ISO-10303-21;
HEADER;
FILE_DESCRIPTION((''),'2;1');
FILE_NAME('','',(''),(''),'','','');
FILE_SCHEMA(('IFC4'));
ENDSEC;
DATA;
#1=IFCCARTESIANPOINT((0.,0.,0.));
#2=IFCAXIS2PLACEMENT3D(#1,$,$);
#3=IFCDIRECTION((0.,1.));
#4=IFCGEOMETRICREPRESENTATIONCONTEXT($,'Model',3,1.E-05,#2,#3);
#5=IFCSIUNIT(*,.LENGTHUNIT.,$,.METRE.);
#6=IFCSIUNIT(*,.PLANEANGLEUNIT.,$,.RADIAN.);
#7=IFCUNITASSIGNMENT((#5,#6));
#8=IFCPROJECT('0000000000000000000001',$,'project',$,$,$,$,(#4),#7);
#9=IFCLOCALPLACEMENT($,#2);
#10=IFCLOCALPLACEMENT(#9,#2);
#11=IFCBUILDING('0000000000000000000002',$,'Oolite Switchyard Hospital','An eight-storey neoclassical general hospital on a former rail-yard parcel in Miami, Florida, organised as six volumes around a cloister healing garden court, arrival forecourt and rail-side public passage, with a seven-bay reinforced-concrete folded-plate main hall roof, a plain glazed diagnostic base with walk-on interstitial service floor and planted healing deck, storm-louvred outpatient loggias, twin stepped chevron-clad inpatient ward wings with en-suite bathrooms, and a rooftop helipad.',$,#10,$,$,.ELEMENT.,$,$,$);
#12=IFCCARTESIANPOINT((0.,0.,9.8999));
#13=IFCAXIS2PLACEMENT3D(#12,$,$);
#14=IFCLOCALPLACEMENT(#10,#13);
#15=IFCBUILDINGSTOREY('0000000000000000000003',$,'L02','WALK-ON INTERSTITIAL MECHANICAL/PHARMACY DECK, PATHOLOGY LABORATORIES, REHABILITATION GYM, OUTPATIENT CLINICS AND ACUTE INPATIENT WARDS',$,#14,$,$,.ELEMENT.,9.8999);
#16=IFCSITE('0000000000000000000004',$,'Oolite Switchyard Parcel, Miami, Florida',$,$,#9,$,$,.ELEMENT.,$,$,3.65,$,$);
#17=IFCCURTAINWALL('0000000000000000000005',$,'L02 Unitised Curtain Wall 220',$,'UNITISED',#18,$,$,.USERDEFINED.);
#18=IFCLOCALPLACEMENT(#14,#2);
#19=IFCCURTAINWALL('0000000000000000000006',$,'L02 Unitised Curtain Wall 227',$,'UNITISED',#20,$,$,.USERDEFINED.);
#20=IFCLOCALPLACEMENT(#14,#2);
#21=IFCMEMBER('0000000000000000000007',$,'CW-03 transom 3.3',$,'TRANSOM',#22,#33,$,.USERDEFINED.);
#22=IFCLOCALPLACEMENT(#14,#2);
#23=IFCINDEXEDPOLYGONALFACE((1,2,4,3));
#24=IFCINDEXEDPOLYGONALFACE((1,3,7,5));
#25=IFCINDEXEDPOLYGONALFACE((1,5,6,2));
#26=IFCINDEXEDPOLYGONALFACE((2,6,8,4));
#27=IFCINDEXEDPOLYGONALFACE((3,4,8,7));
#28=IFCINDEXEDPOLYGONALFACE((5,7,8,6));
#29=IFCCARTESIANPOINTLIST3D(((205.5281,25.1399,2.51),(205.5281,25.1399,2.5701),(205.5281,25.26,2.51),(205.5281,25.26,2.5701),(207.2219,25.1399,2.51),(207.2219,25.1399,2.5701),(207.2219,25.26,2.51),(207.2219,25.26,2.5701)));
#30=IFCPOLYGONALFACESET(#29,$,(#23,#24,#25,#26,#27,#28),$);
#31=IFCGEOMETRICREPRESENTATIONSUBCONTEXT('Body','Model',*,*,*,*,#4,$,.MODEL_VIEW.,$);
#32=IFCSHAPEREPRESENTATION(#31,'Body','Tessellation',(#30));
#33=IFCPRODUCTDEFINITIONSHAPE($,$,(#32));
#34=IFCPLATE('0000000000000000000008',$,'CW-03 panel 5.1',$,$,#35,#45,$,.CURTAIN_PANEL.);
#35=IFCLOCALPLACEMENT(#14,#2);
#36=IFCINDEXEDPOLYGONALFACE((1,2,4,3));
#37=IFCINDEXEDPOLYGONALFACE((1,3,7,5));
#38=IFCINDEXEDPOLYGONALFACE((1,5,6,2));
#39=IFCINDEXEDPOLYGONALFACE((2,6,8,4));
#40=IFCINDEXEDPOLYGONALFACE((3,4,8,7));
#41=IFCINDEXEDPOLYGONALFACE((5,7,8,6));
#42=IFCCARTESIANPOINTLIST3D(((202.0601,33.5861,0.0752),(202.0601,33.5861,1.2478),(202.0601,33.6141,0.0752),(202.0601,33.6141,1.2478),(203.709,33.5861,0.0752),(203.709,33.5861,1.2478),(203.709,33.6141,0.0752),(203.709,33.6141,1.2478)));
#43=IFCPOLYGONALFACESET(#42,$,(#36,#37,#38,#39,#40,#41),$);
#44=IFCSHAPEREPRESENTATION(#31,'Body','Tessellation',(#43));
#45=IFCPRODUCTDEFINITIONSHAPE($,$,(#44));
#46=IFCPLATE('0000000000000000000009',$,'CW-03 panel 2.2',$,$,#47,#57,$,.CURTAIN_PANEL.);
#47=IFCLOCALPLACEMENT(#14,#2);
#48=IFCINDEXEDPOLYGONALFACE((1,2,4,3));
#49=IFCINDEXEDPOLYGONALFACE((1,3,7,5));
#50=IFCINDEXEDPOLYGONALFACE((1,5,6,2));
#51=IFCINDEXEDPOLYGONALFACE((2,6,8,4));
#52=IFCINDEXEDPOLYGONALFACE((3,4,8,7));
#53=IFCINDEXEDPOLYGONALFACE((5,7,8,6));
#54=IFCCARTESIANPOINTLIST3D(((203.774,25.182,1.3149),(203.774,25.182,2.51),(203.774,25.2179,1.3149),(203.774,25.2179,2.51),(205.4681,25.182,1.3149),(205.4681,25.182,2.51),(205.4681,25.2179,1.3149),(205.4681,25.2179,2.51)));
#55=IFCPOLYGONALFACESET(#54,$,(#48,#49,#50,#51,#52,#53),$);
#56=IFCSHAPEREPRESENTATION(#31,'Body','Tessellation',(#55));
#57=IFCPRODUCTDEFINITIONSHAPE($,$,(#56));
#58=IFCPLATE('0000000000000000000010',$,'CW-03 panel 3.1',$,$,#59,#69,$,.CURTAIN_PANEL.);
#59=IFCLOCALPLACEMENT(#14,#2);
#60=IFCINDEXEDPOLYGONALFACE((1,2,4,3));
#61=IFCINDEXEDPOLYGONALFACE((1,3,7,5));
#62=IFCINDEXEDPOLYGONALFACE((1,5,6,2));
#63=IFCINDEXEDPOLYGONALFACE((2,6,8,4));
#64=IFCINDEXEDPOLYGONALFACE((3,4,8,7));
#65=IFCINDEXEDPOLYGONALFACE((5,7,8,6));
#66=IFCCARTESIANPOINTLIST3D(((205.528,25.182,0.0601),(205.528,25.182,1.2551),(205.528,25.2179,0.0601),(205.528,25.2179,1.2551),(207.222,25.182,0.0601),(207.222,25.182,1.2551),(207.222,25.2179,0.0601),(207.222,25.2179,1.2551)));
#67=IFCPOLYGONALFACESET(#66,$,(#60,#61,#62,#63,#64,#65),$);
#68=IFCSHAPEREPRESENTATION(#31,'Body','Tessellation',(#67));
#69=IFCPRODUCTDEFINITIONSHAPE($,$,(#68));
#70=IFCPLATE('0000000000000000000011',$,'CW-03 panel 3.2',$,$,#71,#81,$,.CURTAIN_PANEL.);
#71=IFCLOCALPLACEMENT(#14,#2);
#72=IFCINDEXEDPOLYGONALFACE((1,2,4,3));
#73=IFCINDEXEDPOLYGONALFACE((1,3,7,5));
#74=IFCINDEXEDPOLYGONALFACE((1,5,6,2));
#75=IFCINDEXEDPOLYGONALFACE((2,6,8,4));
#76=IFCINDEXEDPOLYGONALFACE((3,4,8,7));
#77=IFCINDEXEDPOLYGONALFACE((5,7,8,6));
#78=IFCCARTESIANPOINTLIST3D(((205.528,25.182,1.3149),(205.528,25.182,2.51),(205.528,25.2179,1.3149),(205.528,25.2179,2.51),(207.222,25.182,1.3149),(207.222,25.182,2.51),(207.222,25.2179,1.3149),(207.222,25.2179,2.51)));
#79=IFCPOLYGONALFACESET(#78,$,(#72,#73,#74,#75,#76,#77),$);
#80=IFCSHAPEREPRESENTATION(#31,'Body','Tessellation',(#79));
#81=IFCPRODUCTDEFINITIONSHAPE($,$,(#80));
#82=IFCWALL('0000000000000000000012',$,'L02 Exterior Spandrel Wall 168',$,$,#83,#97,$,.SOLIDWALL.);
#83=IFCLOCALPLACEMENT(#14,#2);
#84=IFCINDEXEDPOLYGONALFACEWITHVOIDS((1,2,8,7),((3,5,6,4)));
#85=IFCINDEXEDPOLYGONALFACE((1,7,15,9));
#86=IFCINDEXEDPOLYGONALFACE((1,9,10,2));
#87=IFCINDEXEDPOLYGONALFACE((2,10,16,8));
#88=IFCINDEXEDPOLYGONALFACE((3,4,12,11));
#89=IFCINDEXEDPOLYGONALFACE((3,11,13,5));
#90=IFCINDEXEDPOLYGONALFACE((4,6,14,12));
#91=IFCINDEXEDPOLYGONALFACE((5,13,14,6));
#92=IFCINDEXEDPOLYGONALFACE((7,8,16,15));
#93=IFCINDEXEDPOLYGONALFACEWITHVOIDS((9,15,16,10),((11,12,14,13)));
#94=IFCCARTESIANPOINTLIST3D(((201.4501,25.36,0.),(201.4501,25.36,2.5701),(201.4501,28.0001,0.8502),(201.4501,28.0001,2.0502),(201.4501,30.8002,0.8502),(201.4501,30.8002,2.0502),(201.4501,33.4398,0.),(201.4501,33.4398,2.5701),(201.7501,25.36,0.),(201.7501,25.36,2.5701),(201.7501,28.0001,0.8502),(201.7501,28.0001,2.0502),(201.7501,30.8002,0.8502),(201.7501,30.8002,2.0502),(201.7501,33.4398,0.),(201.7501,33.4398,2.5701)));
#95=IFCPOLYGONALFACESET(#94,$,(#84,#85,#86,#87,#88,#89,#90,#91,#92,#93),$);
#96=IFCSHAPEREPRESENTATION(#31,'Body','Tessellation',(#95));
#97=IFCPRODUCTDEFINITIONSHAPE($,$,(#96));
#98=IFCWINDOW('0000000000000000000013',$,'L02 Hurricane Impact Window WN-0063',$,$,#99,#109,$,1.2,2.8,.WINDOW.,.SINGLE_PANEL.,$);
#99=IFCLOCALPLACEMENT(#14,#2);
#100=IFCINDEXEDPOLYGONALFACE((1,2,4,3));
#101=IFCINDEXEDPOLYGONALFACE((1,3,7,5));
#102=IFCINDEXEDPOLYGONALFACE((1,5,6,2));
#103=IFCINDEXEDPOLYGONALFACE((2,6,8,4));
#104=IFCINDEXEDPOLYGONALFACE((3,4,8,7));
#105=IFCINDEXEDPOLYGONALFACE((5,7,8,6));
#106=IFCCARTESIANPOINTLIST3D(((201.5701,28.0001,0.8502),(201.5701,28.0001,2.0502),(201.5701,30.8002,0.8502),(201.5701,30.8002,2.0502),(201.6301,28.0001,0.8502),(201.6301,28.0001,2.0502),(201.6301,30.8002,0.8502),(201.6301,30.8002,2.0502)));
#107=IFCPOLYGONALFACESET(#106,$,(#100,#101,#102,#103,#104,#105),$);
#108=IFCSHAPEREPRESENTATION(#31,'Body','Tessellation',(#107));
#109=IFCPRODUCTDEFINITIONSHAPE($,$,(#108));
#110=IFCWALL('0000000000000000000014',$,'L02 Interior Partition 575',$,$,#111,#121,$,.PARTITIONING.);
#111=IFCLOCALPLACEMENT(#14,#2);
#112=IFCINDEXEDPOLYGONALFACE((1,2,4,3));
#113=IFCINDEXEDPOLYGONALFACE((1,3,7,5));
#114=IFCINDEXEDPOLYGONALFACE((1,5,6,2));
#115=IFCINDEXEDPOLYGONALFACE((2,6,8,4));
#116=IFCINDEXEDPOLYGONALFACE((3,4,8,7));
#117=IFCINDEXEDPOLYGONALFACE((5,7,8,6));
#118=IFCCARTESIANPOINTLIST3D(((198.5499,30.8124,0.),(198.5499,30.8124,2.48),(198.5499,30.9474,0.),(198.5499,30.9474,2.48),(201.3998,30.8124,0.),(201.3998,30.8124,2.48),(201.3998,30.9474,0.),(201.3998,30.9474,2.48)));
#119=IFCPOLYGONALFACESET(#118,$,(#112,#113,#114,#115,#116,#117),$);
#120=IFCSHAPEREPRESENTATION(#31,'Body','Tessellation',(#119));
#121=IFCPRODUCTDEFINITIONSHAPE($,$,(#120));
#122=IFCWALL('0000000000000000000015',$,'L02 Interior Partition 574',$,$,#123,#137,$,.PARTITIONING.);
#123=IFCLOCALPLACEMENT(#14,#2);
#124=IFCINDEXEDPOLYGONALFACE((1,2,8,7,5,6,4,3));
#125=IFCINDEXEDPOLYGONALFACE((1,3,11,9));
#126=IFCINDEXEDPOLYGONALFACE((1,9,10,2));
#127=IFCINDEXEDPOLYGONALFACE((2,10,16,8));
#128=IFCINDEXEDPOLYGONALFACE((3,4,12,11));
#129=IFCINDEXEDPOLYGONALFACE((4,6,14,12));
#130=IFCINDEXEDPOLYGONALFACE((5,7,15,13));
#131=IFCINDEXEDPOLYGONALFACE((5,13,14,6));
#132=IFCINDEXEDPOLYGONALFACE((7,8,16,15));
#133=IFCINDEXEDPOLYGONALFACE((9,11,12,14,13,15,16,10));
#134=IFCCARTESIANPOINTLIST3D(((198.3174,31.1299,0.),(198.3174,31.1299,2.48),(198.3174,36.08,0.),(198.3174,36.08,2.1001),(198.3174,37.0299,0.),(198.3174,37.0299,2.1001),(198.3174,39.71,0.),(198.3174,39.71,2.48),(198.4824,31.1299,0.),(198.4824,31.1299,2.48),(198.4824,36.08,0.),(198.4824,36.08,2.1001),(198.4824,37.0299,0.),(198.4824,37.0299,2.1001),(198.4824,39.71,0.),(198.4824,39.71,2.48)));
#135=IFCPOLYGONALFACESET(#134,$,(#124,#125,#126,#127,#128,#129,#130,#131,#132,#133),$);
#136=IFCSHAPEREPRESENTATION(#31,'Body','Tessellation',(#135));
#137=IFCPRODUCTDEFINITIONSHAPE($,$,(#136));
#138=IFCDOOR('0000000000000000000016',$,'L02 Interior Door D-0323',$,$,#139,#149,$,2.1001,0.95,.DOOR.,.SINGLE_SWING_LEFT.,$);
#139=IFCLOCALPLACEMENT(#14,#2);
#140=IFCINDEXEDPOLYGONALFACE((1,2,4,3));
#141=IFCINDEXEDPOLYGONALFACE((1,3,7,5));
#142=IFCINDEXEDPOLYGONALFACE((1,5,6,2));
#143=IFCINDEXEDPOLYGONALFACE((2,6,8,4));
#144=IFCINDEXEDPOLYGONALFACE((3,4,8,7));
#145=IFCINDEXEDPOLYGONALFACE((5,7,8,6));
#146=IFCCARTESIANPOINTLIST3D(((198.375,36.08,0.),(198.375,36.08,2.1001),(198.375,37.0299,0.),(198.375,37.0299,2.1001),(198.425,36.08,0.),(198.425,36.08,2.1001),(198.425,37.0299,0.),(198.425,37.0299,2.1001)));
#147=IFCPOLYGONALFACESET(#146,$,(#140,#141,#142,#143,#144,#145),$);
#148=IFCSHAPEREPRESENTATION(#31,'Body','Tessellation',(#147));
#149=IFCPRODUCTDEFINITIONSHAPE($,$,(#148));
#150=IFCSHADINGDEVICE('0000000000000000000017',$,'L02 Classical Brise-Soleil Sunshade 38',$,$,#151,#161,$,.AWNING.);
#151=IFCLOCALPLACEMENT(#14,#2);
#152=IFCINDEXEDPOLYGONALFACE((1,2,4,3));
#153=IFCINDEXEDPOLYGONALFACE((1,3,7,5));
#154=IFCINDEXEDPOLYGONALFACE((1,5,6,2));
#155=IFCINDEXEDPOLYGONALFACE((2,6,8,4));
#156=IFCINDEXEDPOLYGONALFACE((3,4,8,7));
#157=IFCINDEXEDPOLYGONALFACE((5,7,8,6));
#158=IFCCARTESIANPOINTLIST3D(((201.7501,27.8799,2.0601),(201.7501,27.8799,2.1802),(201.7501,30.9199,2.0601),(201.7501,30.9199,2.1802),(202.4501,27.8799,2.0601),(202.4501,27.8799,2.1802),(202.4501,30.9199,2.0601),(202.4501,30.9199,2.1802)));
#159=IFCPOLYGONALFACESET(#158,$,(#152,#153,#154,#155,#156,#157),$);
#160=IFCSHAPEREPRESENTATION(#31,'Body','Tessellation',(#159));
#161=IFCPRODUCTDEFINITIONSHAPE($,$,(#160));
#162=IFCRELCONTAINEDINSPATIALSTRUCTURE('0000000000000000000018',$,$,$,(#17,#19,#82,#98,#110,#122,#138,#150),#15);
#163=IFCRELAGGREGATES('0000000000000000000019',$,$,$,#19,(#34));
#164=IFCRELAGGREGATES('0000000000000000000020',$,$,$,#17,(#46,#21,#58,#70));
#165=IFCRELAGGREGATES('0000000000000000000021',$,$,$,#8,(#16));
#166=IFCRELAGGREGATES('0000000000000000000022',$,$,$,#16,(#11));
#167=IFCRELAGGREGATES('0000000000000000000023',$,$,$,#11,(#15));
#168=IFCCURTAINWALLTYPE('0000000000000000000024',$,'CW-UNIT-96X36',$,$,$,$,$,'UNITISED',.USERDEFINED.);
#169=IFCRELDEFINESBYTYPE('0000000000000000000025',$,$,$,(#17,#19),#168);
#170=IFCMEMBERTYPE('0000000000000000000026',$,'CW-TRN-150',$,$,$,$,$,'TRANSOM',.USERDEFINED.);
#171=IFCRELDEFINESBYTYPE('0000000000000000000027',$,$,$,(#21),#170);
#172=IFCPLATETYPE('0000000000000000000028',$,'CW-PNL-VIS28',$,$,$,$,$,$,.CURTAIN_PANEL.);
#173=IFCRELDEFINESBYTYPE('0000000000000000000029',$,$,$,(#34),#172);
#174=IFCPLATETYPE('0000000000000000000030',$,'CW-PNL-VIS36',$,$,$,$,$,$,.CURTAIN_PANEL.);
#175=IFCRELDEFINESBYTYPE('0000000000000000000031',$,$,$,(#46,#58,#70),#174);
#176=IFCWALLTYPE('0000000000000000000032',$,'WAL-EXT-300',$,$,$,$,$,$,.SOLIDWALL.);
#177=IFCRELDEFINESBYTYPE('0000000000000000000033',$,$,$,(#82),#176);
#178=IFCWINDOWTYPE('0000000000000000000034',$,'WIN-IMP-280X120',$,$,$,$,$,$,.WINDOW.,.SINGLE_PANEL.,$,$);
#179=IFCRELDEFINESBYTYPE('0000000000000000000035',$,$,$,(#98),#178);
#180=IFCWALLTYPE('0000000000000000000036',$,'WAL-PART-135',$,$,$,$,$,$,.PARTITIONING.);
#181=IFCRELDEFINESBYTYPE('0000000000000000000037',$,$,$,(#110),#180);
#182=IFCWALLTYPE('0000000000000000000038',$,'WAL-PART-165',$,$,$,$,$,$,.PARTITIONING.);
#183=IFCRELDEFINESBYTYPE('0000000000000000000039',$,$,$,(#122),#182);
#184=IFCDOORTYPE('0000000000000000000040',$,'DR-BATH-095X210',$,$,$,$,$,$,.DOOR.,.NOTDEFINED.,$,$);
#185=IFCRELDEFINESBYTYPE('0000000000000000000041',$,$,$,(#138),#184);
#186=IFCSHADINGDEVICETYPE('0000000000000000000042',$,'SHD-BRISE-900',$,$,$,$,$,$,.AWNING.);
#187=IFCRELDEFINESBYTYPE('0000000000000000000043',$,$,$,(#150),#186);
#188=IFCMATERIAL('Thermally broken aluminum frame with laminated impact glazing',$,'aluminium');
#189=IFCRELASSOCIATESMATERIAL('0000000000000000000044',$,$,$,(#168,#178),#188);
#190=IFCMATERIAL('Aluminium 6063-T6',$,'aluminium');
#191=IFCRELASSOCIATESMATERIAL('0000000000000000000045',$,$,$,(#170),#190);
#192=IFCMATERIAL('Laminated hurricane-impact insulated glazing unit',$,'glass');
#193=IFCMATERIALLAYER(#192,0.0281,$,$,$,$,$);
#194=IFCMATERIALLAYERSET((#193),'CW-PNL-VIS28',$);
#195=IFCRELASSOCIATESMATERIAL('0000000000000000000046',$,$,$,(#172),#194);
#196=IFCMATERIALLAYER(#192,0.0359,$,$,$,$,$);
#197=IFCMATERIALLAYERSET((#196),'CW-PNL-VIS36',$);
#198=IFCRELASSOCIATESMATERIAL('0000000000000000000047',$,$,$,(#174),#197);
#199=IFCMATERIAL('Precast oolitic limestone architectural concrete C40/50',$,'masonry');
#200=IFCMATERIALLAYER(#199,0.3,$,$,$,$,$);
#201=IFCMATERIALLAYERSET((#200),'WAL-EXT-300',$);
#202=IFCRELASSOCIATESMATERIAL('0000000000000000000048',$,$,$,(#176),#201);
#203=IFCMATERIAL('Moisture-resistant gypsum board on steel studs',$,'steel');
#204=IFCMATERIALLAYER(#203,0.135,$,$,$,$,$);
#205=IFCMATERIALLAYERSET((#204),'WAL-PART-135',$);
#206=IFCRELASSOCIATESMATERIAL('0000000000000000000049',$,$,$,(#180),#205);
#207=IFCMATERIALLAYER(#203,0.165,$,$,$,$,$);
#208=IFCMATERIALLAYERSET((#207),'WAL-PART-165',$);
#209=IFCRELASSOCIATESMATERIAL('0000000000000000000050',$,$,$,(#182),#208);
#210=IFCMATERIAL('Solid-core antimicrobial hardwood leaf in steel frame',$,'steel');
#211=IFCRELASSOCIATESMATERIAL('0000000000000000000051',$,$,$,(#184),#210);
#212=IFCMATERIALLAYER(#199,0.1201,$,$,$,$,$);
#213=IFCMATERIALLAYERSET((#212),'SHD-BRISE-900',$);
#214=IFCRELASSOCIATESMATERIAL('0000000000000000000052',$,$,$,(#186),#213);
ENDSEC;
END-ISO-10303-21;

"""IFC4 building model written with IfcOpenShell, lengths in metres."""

from ifc_helpers import new_model, si_unit, direction, frame, frame_2d, origin, origin_2d, place, context, subcontext, project, spatial, rectangle, extrude, material, layer, layer_set, material_profile, profile_set, type_object, element, fill, aggregate, save


model = new_model("IFC4")

# Units and contexts
model_context = context("Model", 3, precision=1e-05, world=origin(), true_north=direction((0.0, 1.0)))
body_context = subcontext(model_context, "Body", "Model", "MODEL_VIEW")
ifc_project = project(units=[si_unit("LENGTHUNIT", "METRE"), si_unit("PLANEANGLEUNIT", "RADIAN")], contexts=[model_context])

# Site, building, storey
site_placement = place(None, origin())
site = spatial("IfcSite", under=ifc_project, at=site_placement, Name="Oolite Switchyard Parcel, Miami, Florida", CompositionType="ELEMENT", RefElevation=3.65)
building_placement = place(site_placement, origin())
building = spatial("IfcBuilding", under=site, at=building_placement, Name="Oolite Switchyard Hospital", Description="An eight-storey neoclassical general hospital on a former rail-yard parcel in Miami, Florida, organised as six volumes around a cloister healing garden court, arrival forecourt and rail-side public passage, with a seven-bay reinforced-concrete folded-plate main hall roof, a plain glazed diagnostic base with walk-on interstitial service floor and planted healing deck, storm-louvred outpatient loggias, twin stepped chevron-clad inpatient ward wings with en-suite bathrooms, and a rooftop helipad.", CompositionType="ELEMENT")
storey_placement = place(building_placement, frame((0.0, 0.0, 9.8999)))
storey = spatial("IfcBuildingStorey", under=building, at=storey_placement, Name="L02", Description="WALK-ON INTERSTITIAL MECHANICAL/PHARMACY DECK, PATHOLOGY LABORATORIES, REHABILITATION GYM, OUTPATIENT CLINICS AND ACUTE INPATIENT WARDS", CompositionType="ELEMENT", Elevation=9.8999)

# Curtain walls
ifc_material_1 = material(Name="Thermally broken aluminum frame with laminated impact glazing", Category="aluminium")
curtain_wall_type = type_object("IfcCurtainWallType", Name="CW-UNIT-96X36", ElementType="UNITISED", PredefinedType="USERDEFINED", material=ifc_material_1)
curtain_wall_1_placement = place(storey_placement, origin())
curtain_wall_1 = element("IfcCurtainWall", 1, at=curtain_wall_1_placement, inside=storey, type_object=curtain_wall_type, Name="L02 Unitised Curtain Wall 220", ObjectType="UNITISED", PredefinedType="USERDEFINED")
ifc_material_2 = material(Name="Aluminium 6063-T6", Category="aluminium")
curtain_wall_2_placement = place(storey_placement, origin())
curtain_wall_2 = element("IfcCurtainWall", 2, at=curtain_wall_2_placement, inside=storey, type_object=curtain_wall_type, Name="L02 Unitised Curtain Wall 227", ObjectType="UNITISED", PredefinedType="USERDEFINED")

# Member
ifc_material_profile_1 = material_profile(ifc_material_2, rectangle(XDim=0.1201, YDim=0.0601, at=origin_2d()), Name="CWT60X120")
ifc_profile_set_1 = profile_set([ifc_material_profile_1], Name="Aluminium 6063-T6")
member_type_1 = type_object("IfcMemberType", Name="CW-TRN-150", ElementType="TRANSOM", PredefinedType="USERDEFINED", material=ifc_profile_set_1)
member_1_placement = place(storey_placement, frame((205.5281, 25.2, 2.54), z_axis=(1.0, 0.0, 0.0), x_axis=(0.0, 1.0, 0.0)))
member_1 = element("IfcMember", 3, at=member_1_placement, type_object=member_type_1, Name="CW-03 transom 3.3", ObjectType="TRANSOM", PredefinedType="USERDEFINED", context=body_context, shape_type="SweptSolid", body=[
    extrude(rectangle(XDim=0.1201, YDim=0.0601, at=origin_2d()), origin(), (0.0, 0.0, 1.0), 1.6938),
])

# Plates
ifc_material_3 = material(Name="Laminated hurricane-impact insulated glazing unit", Category="glass")
ifc_layer_1 = layer(ifc_material_3, 0.0281)
ifc_layer_set_1 = layer_set([ifc_layer_1], Name="CW-PNL-VIS28")
plate_type_1 = type_object("IfcPlateType", Name="CW-PNL-VIS28", PredefinedType="CURTAIN_PANEL", material=ifc_layer_set_1)
plate_1_placement = place(storey_placement, frame((202.8845, 33.6001, 0.0752), z_axis=(0.0, 0.0, 1.0), x_axis=(-1.0, 0.0, 0.0)))
plate_1 = element("IfcPlate", 4, at=plate_1_placement, type_object=plate_type_1, Name="CW-03 panel 5.1", PredefinedType="CURTAIN_PANEL", context=body_context, shape_type="SweptSolid", body=[
    extrude(rectangle(XDim=1.6489, YDim=0.0281, at=origin_2d()), origin(), (0.0, 0.0, 1.0), 1.1726),
])
aggregate(curtain_wall_2, [plate_1])
ifc_layer_2 = layer(ifc_material_3, 0.0359)
ifc_layer_set_2 = layer_set([ifc_layer_2], Name="CW-PNL-VIS36")
plate_type_2 = type_object("IfcPlateType", Name="CW-PNL-VIS36", PredefinedType="CURTAIN_PANEL", material=ifc_layer_set_2)
plate_2_placement = place(storey_placement, frame((204.6211, 25.2, 1.3149), z_axis=(0.0, 0.0, 1.0), x_axis=(1.0, 0.0, 0.0)))
plate_2 = element("IfcPlate", 5, at=plate_2_placement, type_object=plate_type_2, Name="CW-03 panel 2.2", PredefinedType="CURTAIN_PANEL", context=body_context, shape_type="SweptSolid", body=[
    extrude(rectangle(XDim=1.6941, YDim=0.0359, at=origin_2d()), origin(), (0.0, 0.0, 1.0), 1.1951),
])
plate_3_placement = place(storey_placement, frame((206.375, 25.2, 0.0601), z_axis=(0.0, 0.0, 1.0), x_axis=(1.0, 0.0, 0.0)))
plate_3 = element("IfcPlate", 6, at=plate_3_placement, type_object=plate_type_2, Name="CW-03 panel 3.1", PredefinedType="CURTAIN_PANEL", context=body_context, shape_type="SweptSolid", body=[
    extrude(rectangle(XDim=1.6941, YDim=0.0359, at=origin_2d()), origin(), (0.0, 0.0, 1.0), 1.1951),
])
plate_4_placement = place(storey_placement, frame((206.375, 25.2, 1.3149), z_axis=(0.0, 0.0, 1.0), x_axis=(1.0, 0.0, 0.0)))
plate_4 = element("IfcPlate", 7, at=plate_4_placement, type_object=plate_type_2, Name="CW-03 panel 3.2", PredefinedType="CURTAIN_PANEL", context=body_context, shape_type="SweptSolid", body=[
    extrude(rectangle(XDim=1.6941, YDim=0.0359, at=origin_2d()), origin(), (0.0, 0.0, 1.0), 1.1951),
])
aggregate(curtain_wall_1, [plate_2, member_1, plate_3, plate_4])

# Wall, opening, window
ifc_material_4 = material(Name="Precast oolitic limestone architectural concrete C40/50", Category="masonry")
ifc_layer_3 = layer(ifc_material_4, 0.3)
ifc_layer_set_3 = layer_set([ifc_layer_3], Name="WAL-EXT-300")
wall_type_1 = type_object("IfcWallType", Name="WAL-EXT-300", PredefinedType="SOLIDWALL", material=ifc_layer_set_3)
wall_1_placement = place(storey_placement, frame((201.6001, 33.4399, 0.0), z_axis=(0.0, 0.0, 1.0), x_axis=(0.0, -1.0, 0.0)))
wall_1 = element("IfcWall", 8, at=wall_1_placement, inside=storey, type_object=wall_type_1, Name="L02 Exterior Spandrel Wall 168", PredefinedType="SOLIDWALL", context=body_context, shape_type="SweptSolid", body=[
    extrude(rectangle(XDim=8.0798, YDim=0.3, at=frame_2d((4.04, 0.0))), origin(), (0.0, 0.0, 1.0), 2.5701),
])
opening_1_placement = place(wall_1_placement, frame((2.6399, 0.0, 0.8501)))
opening_1 = element("IfcOpeningElement", 9, at=opening_1_placement, cuts=wall_1, PredefinedType="OPENING", context=body_context, shape_type="SweptSolid", body=[
    extrude(rectangle(XDim=2.8, YDim=1.2, at=frame_2d((1.3999, 0.6001))), frame((0.0, 0.1602, 0.0), z_axis=(0.0, -1.0, 0.0), x_axis=(1.0, 0.0, 0.0)), (0.0, 0.0, 1.0), 0.3201),
])
window_type = type_object("IfcWindowType", Name="WIN-IMP-280X120", PartitioningType="SINGLE_PANEL", PredefinedType="WINDOW", material=ifc_material_1)
window_placement = place(opening_1_placement, origin())
window = element("IfcWindow", 10, at=window_placement, inside=storey, type_object=window_type, Name="L02 Hurricane Impact Window WN-0063", OverallHeight=1.2, OverallWidth=2.8, PartitioningType="SINGLE_PANEL", PredefinedType="WINDOW", context=body_context, shape_type="SweptSolid", body=[
    extrude(rectangle(XDim=2.8, YDim=1.2, at=frame_2d((1.3999, 0.6001))), frame((0.0, 0.03, 0.0), z_axis=(0.0, -1.0, 0.0), x_axis=(1.0, 0.0, 0.0)), (0.0, 0.0, 1.0), 0.0601),
])
fill(opening_1, window)

# Wall
ifc_material_5 = material(Name="Moisture-resistant gypsum board on steel studs", Category="steel")
ifc_layer_4 = layer(ifc_material_5, 0.135)
ifc_layer_set_4 = layer_set([ifc_layer_4], Name="WAL-PART-135")
wall_type_2 = type_object("IfcWallType", Name="WAL-PART-135", PredefinedType="PARTITIONING", material=ifc_layer_set_4)
wall_2_placement = place(storey_placement, frame((198.55, 30.8799, 0.0), z_axis=(0.0, 0.0, 1.0), x_axis=(1.0, 0.0, 0.0)))
element("IfcWall", 11, at=wall_2_placement, inside=storey, type_object=wall_type_2, Name="L02 Interior Partition 575", PredefinedType="PARTITIONING", context=body_context, shape_type="SweptSolid", body=[
    extrude(rectangle(XDim=2.8499, YDim=0.135, at=frame_2d((1.4248, 0.0))), origin(), (0.0, 0.0, 1.0), 2.48),
])

# Wall, opening, door
ifc_layer_5 = layer(ifc_material_5, 0.165)
ifc_layer_set_5 = layer_set([ifc_layer_5], Name="WAL-PART-165")
wall_type_3 = type_object("IfcWallType", Name="WAL-PART-165", PredefinedType="PARTITIONING", material=ifc_layer_set_5)
wall_3_placement = place(storey_placement, frame((198.3999, 31.1299, 0.0), z_axis=(0.0, 0.0, 1.0), x_axis=(0.0, 1.0, 0.0)))
wall_3 = element("IfcWall", 12, at=wall_3_placement, inside=storey, type_object=wall_type_3, Name="L02 Interior Partition 574", PredefinedType="PARTITIONING", context=body_context, shape_type="SweptSolid", body=[
    extrude(rectangle(XDim=8.5801, YDim=0.165, at=frame_2d((4.29, 0.0))), origin(), (0.0, 0.0, 1.0), 2.48),
])
opening_2_placement = place(wall_3_placement, frame((4.95, 0.0, 0.0)))
opening_2 = element("IfcOpeningElement", 13, at=opening_2_placement, cuts=wall_3, PredefinedType="OPENING", context=body_context, shape_type="SweptSolid", body=[
    extrude(rectangle(XDim=0.95, YDim=2.1001, at=frame_2d((0.4751, 1.05))), frame((0.0, 0.0925, 0.0), z_axis=(0.0, -1.0, 0.0), x_axis=(1.0, 0.0, 0.0)), (0.0, 0.0, 1.0), 0.1851),
])
ifc_material_6 = material(Name="Solid-core antimicrobial hardwood leaf in steel frame", Category="steel")
door_type = type_object("IfcDoorType", Name="DR-BATH-095X210", OperationType="NOTDEFINED", PredefinedType="DOOR", material=ifc_material_6)
door_placement = place(opening_2_placement, origin())
door = element("IfcDoor", 14, at=door_placement, inside=storey, type_object=door_type, Name="L02 Interior Door D-0323", OperationType="SINGLE_SWING_LEFT", OverallHeight=2.1001, OverallWidth=0.95, PredefinedType="DOOR", context=body_context, shape_type="SweptSolid", body=[
    extrude(rectangle(XDim=0.95, YDim=2.1001, at=frame_2d((0.4751, 1.05))), frame((0.0, 0.0249, 0.0), z_axis=(0.0, -1.0, 0.0), x_axis=(1.0, 0.0, 0.0)), (0.0, 0.0, 1.0), 0.05),
])
fill(opening_2, door)

# Shading device
ifc_layer_6 = layer(ifc_material_4, 0.1201)
ifc_layer_set_6 = layer_set([ifc_layer_6], Name="SHD-BRISE-900")
shading_device_type = type_object("IfcShadingDeviceType", Name="SHD-BRISE-900", PredefinedType="AWNING", material=ifc_layer_set_6)
shading_device_placement = place(storey_placement, frame((202.1001, 29.3999, 2.0601), z_axis=(0.0, 0.0, 1.0), x_axis=(0.0, 1.0, 0.0)))
element("IfcShadingDevice", 15, at=shading_device_placement, inside=storey, type_object=shading_device_type, Name="L02 Classical Brise-Soleil Sunshade 38", PredefinedType="AWNING", context=body_context, shape_type="SweptSolid", body=[
    extrude(rectangle(XDim=3.04, YDim=0.7, at=origin_2d()), origin(), (0.0, 0.0, 1.0), 0.1201),
])

save(model, "model.ifc")
